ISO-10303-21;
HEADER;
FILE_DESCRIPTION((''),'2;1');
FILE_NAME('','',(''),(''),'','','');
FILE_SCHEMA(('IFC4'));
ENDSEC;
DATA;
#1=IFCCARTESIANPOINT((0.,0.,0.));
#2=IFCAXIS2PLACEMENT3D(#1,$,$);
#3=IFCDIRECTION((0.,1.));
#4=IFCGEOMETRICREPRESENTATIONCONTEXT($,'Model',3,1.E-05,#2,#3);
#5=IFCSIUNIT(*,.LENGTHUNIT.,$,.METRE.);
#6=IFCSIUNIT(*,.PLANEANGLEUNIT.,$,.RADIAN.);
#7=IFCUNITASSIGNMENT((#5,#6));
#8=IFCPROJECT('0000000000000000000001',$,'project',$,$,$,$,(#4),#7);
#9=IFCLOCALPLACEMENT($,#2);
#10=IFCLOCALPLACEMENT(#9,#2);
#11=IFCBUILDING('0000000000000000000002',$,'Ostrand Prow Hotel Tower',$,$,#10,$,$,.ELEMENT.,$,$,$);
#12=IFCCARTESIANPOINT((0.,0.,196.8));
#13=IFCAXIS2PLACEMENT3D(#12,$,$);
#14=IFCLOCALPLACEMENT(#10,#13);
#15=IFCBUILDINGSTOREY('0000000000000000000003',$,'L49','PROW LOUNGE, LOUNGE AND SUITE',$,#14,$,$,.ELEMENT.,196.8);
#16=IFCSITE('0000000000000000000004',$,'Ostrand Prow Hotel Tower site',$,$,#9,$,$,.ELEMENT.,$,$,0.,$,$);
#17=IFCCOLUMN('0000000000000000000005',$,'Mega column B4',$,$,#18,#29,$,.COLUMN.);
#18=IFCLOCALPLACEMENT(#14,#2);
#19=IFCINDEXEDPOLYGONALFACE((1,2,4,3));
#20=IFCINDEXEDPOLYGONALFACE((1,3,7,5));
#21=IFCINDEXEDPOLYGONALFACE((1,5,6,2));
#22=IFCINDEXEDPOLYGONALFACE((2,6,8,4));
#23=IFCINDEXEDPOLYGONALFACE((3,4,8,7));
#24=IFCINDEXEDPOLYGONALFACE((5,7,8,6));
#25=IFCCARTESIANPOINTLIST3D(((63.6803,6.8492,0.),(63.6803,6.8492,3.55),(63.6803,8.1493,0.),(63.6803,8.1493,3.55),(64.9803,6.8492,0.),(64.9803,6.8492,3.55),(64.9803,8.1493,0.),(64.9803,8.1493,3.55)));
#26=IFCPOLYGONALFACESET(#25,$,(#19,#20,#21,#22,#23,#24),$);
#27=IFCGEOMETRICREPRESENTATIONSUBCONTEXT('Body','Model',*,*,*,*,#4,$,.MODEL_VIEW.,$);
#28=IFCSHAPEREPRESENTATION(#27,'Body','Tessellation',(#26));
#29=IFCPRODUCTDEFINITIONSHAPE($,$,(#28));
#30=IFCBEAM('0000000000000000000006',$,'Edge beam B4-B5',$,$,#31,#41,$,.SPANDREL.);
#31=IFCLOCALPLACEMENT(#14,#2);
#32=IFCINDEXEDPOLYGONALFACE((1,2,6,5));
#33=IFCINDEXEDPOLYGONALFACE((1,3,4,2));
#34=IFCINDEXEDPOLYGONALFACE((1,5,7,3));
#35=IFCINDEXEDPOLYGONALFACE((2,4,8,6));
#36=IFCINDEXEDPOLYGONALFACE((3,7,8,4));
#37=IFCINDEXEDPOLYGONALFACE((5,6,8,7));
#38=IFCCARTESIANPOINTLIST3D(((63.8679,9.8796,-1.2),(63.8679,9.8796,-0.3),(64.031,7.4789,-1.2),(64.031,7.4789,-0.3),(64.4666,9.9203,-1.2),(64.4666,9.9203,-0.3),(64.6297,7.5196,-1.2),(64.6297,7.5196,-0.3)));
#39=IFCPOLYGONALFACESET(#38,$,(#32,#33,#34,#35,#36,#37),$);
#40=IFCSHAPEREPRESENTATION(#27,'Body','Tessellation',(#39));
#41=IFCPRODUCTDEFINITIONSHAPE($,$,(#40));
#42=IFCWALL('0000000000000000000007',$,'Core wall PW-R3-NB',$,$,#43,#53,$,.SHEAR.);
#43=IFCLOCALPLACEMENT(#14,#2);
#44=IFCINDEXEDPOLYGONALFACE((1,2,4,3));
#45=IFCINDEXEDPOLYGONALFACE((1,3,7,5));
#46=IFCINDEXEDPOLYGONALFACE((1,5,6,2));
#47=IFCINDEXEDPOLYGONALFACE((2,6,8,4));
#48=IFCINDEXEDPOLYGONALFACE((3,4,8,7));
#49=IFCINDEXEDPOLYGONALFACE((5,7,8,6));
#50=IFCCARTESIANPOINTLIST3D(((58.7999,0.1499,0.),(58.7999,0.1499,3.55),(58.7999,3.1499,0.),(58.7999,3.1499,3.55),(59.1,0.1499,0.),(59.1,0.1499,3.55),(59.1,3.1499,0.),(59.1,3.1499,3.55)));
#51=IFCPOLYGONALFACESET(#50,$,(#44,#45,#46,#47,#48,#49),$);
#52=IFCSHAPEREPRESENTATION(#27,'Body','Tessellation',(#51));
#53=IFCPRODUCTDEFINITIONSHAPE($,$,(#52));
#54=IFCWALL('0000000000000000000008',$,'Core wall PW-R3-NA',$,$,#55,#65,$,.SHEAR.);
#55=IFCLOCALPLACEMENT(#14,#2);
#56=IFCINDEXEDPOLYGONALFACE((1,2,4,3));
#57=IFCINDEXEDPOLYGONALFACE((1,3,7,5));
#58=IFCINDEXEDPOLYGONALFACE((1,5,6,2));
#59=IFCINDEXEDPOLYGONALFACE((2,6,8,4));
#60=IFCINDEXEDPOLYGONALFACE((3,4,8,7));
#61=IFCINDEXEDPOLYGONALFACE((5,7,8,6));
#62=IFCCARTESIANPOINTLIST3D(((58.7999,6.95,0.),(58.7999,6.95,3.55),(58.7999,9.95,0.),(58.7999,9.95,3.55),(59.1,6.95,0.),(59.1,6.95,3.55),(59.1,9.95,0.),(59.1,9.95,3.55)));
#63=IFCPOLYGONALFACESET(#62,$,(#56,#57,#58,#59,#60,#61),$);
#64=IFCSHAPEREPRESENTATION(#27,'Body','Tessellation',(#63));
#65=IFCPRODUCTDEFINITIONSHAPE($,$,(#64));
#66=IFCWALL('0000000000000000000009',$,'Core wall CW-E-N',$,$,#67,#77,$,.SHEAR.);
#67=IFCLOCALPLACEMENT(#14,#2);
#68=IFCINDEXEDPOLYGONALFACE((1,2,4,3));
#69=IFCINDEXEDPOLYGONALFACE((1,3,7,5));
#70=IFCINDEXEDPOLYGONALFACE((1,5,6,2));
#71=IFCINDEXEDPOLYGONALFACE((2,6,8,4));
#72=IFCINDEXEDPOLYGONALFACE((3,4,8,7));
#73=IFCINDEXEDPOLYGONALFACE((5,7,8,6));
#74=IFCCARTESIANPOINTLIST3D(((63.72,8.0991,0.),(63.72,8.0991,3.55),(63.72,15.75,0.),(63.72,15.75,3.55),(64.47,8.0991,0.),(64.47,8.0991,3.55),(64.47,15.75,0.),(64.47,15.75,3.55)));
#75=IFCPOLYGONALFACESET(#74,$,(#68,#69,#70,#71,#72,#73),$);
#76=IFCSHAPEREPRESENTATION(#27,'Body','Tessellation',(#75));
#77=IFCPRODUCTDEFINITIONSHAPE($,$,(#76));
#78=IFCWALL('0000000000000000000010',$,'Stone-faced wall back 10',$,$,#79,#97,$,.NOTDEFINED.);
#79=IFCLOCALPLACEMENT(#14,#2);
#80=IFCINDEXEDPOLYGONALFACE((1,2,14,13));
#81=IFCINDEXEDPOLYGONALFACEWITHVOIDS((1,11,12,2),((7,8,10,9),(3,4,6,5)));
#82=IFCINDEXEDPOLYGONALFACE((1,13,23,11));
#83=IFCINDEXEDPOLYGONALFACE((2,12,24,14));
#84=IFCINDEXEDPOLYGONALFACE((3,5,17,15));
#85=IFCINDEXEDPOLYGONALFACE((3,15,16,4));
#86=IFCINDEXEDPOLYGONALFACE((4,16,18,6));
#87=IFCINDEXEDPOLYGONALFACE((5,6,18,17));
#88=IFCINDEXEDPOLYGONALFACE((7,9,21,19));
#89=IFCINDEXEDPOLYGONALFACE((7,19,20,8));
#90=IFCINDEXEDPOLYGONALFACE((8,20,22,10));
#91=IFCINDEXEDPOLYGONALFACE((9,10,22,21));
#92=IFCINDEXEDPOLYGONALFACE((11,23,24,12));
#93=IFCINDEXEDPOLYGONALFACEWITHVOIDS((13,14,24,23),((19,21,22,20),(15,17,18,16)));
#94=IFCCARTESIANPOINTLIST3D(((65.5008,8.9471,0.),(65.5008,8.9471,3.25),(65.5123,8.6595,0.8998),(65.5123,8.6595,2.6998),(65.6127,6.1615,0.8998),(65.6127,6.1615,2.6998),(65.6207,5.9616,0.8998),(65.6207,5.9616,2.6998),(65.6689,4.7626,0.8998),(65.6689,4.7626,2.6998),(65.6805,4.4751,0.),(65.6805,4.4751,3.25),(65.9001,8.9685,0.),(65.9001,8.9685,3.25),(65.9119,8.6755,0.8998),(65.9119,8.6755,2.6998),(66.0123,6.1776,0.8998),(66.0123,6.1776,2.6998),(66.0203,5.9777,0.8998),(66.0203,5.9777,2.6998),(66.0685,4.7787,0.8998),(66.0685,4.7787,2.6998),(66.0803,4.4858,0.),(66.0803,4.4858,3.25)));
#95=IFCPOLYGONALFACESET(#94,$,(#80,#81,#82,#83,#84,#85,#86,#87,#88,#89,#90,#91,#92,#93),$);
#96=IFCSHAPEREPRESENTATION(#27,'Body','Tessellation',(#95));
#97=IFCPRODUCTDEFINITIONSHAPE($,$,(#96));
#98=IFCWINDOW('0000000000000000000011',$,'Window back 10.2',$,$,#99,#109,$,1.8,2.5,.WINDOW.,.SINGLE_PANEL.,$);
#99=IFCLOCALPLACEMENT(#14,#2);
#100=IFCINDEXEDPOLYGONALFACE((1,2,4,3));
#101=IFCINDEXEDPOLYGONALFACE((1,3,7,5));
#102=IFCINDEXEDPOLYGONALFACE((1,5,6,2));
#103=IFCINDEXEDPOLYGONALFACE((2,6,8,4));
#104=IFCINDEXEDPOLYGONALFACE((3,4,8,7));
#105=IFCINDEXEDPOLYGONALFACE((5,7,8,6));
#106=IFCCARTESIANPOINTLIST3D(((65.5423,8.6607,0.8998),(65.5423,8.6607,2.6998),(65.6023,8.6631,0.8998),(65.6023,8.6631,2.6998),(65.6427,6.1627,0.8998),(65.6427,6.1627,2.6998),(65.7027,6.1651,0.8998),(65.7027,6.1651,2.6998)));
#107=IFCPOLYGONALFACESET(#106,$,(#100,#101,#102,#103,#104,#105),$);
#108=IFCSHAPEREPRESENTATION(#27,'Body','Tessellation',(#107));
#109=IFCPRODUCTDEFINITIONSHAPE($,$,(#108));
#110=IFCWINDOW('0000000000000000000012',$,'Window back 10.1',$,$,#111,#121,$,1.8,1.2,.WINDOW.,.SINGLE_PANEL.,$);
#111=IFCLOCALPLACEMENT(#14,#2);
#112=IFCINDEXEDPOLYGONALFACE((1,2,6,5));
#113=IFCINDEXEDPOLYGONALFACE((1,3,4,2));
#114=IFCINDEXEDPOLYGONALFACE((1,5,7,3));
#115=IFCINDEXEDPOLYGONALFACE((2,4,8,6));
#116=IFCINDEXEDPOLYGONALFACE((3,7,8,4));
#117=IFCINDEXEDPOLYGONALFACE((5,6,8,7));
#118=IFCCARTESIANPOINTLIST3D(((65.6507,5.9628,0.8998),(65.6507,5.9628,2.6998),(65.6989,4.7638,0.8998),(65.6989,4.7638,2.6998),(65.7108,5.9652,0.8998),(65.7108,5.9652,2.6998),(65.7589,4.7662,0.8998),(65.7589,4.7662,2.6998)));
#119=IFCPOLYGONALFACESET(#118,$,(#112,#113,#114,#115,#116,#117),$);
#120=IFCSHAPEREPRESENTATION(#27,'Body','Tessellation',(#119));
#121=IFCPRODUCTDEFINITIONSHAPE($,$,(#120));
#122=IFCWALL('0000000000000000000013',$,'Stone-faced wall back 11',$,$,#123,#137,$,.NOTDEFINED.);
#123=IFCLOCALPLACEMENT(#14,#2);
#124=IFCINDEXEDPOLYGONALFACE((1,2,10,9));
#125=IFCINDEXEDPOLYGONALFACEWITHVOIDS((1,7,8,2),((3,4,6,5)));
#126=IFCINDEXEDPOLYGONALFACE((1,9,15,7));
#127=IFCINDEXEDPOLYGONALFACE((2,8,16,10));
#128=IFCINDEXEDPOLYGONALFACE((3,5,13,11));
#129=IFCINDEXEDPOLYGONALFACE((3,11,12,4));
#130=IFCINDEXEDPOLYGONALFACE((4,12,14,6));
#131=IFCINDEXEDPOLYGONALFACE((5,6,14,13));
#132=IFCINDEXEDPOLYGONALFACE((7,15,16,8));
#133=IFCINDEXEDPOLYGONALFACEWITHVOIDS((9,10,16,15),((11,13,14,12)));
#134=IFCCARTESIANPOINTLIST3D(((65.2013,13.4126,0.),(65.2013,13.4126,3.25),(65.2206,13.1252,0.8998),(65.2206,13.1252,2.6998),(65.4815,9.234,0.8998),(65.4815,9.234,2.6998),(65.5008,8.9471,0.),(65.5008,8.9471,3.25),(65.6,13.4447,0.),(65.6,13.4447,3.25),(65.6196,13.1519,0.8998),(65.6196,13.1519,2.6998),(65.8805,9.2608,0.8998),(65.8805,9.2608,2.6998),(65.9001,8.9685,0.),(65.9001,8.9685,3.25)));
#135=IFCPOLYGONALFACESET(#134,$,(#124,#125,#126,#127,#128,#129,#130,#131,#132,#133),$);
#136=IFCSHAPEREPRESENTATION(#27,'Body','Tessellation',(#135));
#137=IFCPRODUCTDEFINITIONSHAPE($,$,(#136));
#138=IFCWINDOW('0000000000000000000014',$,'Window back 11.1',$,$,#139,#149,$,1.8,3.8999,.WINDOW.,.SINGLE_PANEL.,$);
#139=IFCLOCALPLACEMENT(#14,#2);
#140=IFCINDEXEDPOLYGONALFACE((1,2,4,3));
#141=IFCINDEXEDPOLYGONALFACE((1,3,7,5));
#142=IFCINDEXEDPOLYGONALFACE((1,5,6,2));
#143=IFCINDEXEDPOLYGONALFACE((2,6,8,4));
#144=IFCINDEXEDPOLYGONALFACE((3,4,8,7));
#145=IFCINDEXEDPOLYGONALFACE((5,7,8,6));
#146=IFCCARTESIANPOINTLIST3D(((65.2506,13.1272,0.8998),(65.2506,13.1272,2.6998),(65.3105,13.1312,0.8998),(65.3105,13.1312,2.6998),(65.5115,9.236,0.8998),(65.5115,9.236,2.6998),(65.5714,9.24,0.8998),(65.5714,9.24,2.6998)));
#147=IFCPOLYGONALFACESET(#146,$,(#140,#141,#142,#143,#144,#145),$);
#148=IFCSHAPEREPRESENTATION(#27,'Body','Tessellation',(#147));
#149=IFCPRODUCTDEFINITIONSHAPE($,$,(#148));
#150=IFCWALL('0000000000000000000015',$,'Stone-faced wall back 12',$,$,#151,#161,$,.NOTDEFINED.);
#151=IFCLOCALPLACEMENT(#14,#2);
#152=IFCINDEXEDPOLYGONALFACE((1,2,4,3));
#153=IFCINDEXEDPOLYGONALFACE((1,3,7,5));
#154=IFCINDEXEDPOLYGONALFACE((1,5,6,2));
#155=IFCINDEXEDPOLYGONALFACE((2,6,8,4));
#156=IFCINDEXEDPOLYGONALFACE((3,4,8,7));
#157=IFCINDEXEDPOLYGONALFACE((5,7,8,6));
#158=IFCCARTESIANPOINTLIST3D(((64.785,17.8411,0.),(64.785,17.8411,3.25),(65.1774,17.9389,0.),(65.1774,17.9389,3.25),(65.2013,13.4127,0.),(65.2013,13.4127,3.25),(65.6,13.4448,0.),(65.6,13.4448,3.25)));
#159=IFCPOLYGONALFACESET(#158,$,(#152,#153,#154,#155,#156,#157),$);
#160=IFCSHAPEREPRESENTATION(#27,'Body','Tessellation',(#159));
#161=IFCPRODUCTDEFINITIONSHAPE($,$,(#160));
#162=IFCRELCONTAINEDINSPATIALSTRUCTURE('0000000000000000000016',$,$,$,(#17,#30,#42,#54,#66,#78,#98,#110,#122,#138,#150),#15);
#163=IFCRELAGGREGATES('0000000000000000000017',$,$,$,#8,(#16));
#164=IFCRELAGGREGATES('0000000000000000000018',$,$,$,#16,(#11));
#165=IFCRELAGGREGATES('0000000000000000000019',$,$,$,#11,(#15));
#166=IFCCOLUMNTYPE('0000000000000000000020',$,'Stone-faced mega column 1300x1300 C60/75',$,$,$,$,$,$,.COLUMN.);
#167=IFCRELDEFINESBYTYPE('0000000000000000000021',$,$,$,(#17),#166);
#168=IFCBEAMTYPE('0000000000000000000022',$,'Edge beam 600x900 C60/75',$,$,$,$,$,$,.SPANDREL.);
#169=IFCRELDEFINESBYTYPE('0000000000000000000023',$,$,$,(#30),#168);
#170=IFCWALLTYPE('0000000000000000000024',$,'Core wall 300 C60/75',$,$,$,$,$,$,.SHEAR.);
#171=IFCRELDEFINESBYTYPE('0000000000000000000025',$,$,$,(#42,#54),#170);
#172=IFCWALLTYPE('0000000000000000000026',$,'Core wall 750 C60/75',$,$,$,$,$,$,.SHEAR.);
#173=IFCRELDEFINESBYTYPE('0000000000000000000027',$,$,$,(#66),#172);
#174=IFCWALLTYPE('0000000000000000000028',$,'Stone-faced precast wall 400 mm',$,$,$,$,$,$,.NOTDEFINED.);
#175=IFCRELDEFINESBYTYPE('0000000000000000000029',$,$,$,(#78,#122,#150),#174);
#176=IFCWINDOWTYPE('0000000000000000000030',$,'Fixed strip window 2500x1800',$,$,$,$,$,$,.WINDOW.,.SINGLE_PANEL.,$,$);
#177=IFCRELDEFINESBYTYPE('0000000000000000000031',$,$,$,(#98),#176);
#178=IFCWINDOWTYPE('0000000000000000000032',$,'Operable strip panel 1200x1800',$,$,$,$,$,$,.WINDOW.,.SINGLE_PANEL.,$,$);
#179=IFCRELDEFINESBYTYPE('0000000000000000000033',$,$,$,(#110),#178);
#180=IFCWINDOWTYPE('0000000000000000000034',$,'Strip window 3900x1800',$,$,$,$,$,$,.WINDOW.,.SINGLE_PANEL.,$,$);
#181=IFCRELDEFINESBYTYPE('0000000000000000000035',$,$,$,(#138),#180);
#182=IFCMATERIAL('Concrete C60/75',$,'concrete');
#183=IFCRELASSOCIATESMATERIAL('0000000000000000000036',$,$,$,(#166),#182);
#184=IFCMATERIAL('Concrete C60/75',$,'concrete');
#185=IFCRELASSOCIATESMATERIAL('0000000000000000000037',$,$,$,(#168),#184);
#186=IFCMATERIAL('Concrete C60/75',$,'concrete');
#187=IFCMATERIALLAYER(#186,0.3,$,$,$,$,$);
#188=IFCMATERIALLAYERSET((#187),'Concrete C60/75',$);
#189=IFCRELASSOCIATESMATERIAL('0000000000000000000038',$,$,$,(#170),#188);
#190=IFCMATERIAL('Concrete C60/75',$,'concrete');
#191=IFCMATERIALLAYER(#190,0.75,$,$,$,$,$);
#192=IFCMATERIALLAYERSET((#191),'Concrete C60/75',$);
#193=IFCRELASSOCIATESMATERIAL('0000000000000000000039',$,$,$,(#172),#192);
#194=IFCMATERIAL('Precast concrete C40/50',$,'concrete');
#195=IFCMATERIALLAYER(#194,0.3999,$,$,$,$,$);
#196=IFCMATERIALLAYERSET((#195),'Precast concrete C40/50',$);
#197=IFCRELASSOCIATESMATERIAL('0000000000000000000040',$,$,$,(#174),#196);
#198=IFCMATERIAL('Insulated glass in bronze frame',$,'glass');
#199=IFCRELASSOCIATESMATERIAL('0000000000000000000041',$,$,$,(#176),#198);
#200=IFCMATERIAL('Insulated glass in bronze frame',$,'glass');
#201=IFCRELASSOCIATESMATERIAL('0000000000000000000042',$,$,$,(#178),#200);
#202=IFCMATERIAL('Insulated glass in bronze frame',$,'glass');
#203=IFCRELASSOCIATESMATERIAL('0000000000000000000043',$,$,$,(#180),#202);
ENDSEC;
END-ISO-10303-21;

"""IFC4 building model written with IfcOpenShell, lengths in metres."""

from ifc_helpers import new_model, si_unit, direction, frame, frame_2d, origin, origin_2d, place, context, subcontext, project, spatial, polyline, rectangle, outline, extrude, material, layer, layer_set, material_profile, profile_set, type_object, element, fill, save


model = new_model("IFC4")

# Units and contexts
model_context = context("Model", 3, precision=1e-05, world=origin(), true_north=direction((0.0, 1.0)))
body_context = subcontext(model_context, "Body", "Model", "MODEL_VIEW")
ifc_project = project(units=[si_unit("LENGTHUNIT", "METRE"), si_unit("PLANEANGLEUNIT", "RADIAN")], contexts=[model_context])

# Site, building, storey
site_placement = place(None, origin())
site = spatial("IfcSite", under=ifc_project, at=site_placement, Name="Ostrand Prow Hotel Tower site", CompositionType="ELEMENT", RefElevation=0.0)
building_placement = place(site_placement, origin())
building = spatial("IfcBuilding", under=site, at=building_placement, Name="Ostrand Prow Hotel Tower", CompositionType="ELEMENT")
storey_placement = place(building_placement, frame((0.0, 0.0, 196.8)))
storey = spatial("IfcBuildingStorey", under=building, at=storey_placement, Name="L49", Description="PROW LOUNGE, LOUNGE AND SUITE", CompositionType="ELEMENT", Elevation=196.8)

# Column
ifc_material_1 = material(Name="Concrete C60/75", Category="concrete")
ifc_material_profile_1 = material_profile(ifc_material_1, rectangle(XDim=1.3, YDim=1.3, at=origin_2d()), Name="RC 1300x1300")
ifc_profile_set_1 = profile_set([ifc_material_profile_1], Name="Concrete C60/75")
column_type = type_object("IfcColumnType", Name="Stone-faced mega column 1300x1300 C60/75", PredefinedType="COLUMN", material=ifc_profile_set_1)
column_placement = place(storey_placement, frame((64.3303, 7.4993, 0.0), z_axis=(0.0, 0.0, 1.0), x_axis=(1.0, 0.0, 0.0)))
element("IfcColumn", 1, at=column_placement, inside=storey, type_object=column_type, Name="Mega column B4", PredefinedType="COLUMN", context=body_context, shape_type="SweptSolid", body=[
    extrude(rectangle(XDim=1.3, YDim=1.3, at=origin_2d()), origin(), (0.0, 0.0, 1.0), 3.55),
])

# Beam
ifc_material_2 = material(Name="Concrete C60/75", Category="concrete")
ifc_material_profile_2 = material_profile(ifc_material_2, rectangle(XDim=0.6001, YDim=0.8999, at=origin_2d()), Name="RC 600x900")
ifc_profile_set_2 = profile_set([ifc_material_profile_2], Name="Concrete C60/75")
beam_type = type_object("IfcBeamType", Name="Edge beam 600x900 C60/75", PredefinedType="SPANDREL", material=ifc_profile_set_2)
beam_placement = place(storey_placement, frame((64.3303, 7.4993, -0.75), z_axis=(-0.067778, 0.9977, 0.0), x_axis=(-0.9977, -0.067778, 0.0)))
element("IfcBeam", 2, at=beam_placement, inside=storey, type_object=beam_type, Name="Edge beam B4-B5", PredefinedType="SPANDREL", context=body_context, shape_type="SweptSolid", body=[
    extrude(rectangle(XDim=0.6001, YDim=0.8999, at=origin_2d()), origin(), (0.0, 0.0, 1.0), 2.4062),
])

# Walls
ifc_material_3 = material(Name="Concrete C60/75", Category="concrete")
ifc_layer_1 = layer(ifc_material_3, 0.3)
ifc_layer_set_1 = layer_set([ifc_layer_1], Name="Concrete C60/75")
wall_type_1 = type_object("IfcWallType", Name="Core wall 300 C60/75", PredefinedType="SHEAR", material=ifc_layer_set_1)
for number, where, z_axis, x_axis, name in (
    (3, (58.95, 0.1499, 0.0), (0.0, 0.0, 1.0), (0.0, 1.0, 0.0), "Core wall PW-R3-NB"),
    (4, (58.95, 6.95, 0.0), (0.0, 0.0, 1.0), (0.0, 1.0, 0.0), "Core wall PW-R3-NA"),
):
    element("IfcWall", number, at=place(storey_placement, frame(where, z_axis=z_axis, x_axis=x_axis)), inside=storey, type_object=wall_type_1, Name=name, PredefinedType="SHEAR", context=body_context, shape_type="SweptSolid", body=[
        extrude(rectangle(XDim=3.0, YDim=0.3, at=frame_2d((1.5, 0.0))), origin(), (0.0, 0.0, 1.0), 3.55),
    ])
ifc_material_4 = material(Name="Concrete C60/75", Category="concrete")
ifc_layer_2 = layer(ifc_material_4, 0.75)
ifc_layer_set_2 = layer_set([ifc_layer_2], Name="Concrete C60/75")
wall_type_2 = type_object("IfcWallType", Name="Core wall 750 C60/75", PredefinedType="SHEAR", material=ifc_layer_set_2)
wall_1_placement = place(storey_placement, frame((64.095, 8.0991, 0.0), z_axis=(0.0, 0.0, 1.0), x_axis=(0.0, 1.0, 0.0)))
element("IfcWall", 5, at=wall_1_placement, inside=storey, type_object=wall_type_2, Name="Core wall CW-E-N", PredefinedType="SHEAR", context=body_context, shape_type="SweptSolid", body=[
    extrude(rectangle(XDim=7.6509, YDim=0.75, at=frame_2d((3.8254, 0.0))), origin(), (0.0, 0.0, 1.0), 3.55),
])

# Wall, openings, windows
ifc_material_5 = material(Name="Precast concrete C40/50", Category="concrete")
ifc_layer_3 = layer(ifc_material_5, 0.3999)
ifc_layer_set_3 = layer_set([ifc_layer_3], Name="Precast concrete C40/50")
wall_type_3 = type_object("IfcWallType", Name="Stone-faced precast wall 400 mm", PredefinedType="NOTDEFINED", material=ifc_layer_set_3)
wall_2_placement = place(storey_placement, frame((65.8804, 4.4805, 0.0), z_axis=(0.0, 0.0, 1.0), x_axis=(-0.040155, 0.999193, 0.0)))
wall_2 = element("IfcWall", 6, at=wall_2_placement, inside=storey, type_object=wall_type_3, Name="Stone-faced wall back 10", PredefinedType="NOTDEFINED", context=body_context, shape_type="SweptSolid", body=[
    extrude(outline(polyline([(-0.0027, -0.2), (4.4836, -0.2), (4.4783, 0.2), (0.0027, 0.2), (-0.0027, -0.2)])), origin(), (0.0, 0.0, 1.0), 3.25),
])
opening_1_placement = place(wall_2_placement, frame((0.2903, 0.0, 0.8999)))
opening_1 = element("IfcOpeningElement", 7, at=opening_1_placement, cuts=wall_2, PredefinedType="OPENING", context=body_context, shape_type="SweptSolid", body=[
    extrude(rectangle(XDim=1.2, YDim=1.8, at=frame_2d((0.6001, 0.8999))), frame((0.0, 0.21, 0.0), z_axis=(0.0, -1.0, 0.0), x_axis=(1.0, 0.0, 0.0)), (0.0, 0.0, 1.0), 0.4199),
])
opening_2_placement = place(wall_2_placement, frame((1.6904, 0.0, 0.8999)))
opening_2 = element("IfcOpeningElement", 8, at=opening_2_placement, cuts=wall_2, PredefinedType="OPENING", context=body_context, shape_type="SweptSolid", body=[
    extrude(rectangle(XDim=2.5, YDim=1.8, at=frame_2d((1.25, 0.8999))), frame((0.0, 0.21, 0.0), z_axis=(0.0, -1.0, 0.0), x_axis=(1.0, 0.0, 0.0)), (0.0, 0.0, 1.0), 0.4199),
])
ifc_material_6 = material(Name="Insulated glass in bronze frame", Category="glass")
window_type_1 = type_object("IfcWindowType", Name="Fixed strip window 2500x1800", PartitioningType="SINGLE_PANEL", PredefinedType="WINDOW", material=ifc_material_6)
window_1_placement = place(opening_2_placement, origin())
window_1 = element("IfcWindow", 9, at=window_1_placement, inside=storey, type_object=window_type_1, Name="Window back 10.2", OverallHeight=1.8, OverallWidth=2.5, PartitioningType="SINGLE_PANEL", PredefinedType="WINDOW", context=body_context, shape_type="SweptSolid", body=[
    extrude(rectangle(XDim=2.5, YDim=1.8, at=frame_2d((1.25, 0.8999))), frame((0.0, 0.1699, 0.0), z_axis=(0.0, -1.0, 0.0), x_axis=(1.0, 0.0, 0.0)), (0.0, 0.0, 1.0), 0.0601),
])
fill(opening_2, window_1)
ifc_material_7 = material(Name="Insulated glass in bronze frame", Category="glass")
window_type_2 = type_object("IfcWindowType", Name="Operable strip panel 1200x1800", PartitioningType="SINGLE_PANEL", PredefinedType="WINDOW", material=ifc_material_7)
window_2_placement = place(opening_1_placement, origin())
window_2 = element("IfcWindow", 10, at=window_2_placement, inside=storey, type_object=window_type_2, Name="Window back 10.1", OverallHeight=1.8, OverallWidth=1.2, PartitioningType="SINGLE_PANEL", PredefinedType="WINDOW", context=body_context, shape_type="SweptSolid", body=[
    extrude(rectangle(XDim=1.2, YDim=1.8, at=frame_2d((0.6001, 0.8999))), frame((0.0, 0.1699, 0.0), z_axis=(0.0, -1.0, 0.0), x_axis=(1.0, 0.0, 0.0)), (0.0, 0.0, 1.0), 0.0601),
])
fill(opening_1, window_2)

# Wall, opening, window
wall_3_placement = place(storey_placement, frame((65.7004, 8.9578, 0.0), z_axis=(0.0, 0.0, 1.0), x_axis=(-0.066906, 0.997759, 0.0)))
wall_3 = element("IfcWall", 11, at=wall_3_placement, inside=storey, type_object=wall_type_3, Name="Stone-faced wall back 11", PredefinedType="NOTDEFINED", context=body_context, shape_type="SweptSolid", body=[
    extrude(outline(polyline([(-0.0027, -0.2), (4.4836, -0.2), (4.4783, 0.2), (0.0027, 0.2), (-0.0027, -0.2)])), origin(), (0.0, 0.0, 1.0), 3.25),
])
opening_3_placement = place(wall_3_placement, frame((0.2903, 0.0, 0.8999)))
opening_3 = element("IfcOpeningElement", 12, at=opening_3_placement, cuts=wall_3, PredefinedType="OPENING", context=body_context, shape_type="SweptSolid", body=[
    extrude(rectangle(XDim=3.8999, YDim=1.8, at=frame_2d((1.95, 0.8999))), frame((0.0, 0.21, 0.0), z_axis=(0.0, -1.0, 0.0), x_axis=(1.0, 0.0, 0.0)), (0.0, 0.0, 1.0), 0.4199),
])
ifc_material_8 = material(Name="Insulated glass in bronze frame", Category="glass")
window_type_3 = type_object("IfcWindowType", Name="Strip window 3900x1800", PartitioningType="SINGLE_PANEL", PredefinedType="WINDOW", material=ifc_material_8)
window_3_placement = place(opening_3_placement, origin())
window_3 = element("IfcWindow", 13, at=window_3_placement, inside=storey, type_object=window_type_3, Name="Window back 11.1", OverallHeight=1.8, OverallWidth=3.8999, PartitioningType="SINGLE_PANEL", PredefinedType="WINDOW", context=body_context, shape_type="SweptSolid", body=[
    extrude(rectangle(XDim=3.8999, YDim=1.8, at=frame_2d((1.95, 0.8999))), frame((0.0, 0.1699, 0.0), z_axis=(0.0, -1.0, 0.0), x_axis=(1.0, 0.0, 0.0)), (0.0, 0.0, 1.0), 0.0601),
])
fill(opening_3, window_3)

# Wall
wall_4_placement = place(storey_placement, frame((65.4006, 13.4287, 0.0), z_axis=(0.0, 0.0, 1.0), x_axis=(-0.093606, 0.995609, 0.0)))
element("IfcWall", 14, at=wall_4_placement, inside=storey, type_object=wall_type_3, Name="Stone-faced wall back 12", PredefinedType="NOTDEFINED", context=body_context, shape_type="SweptSolid", body=[
    extrude(outline(polyline([(-0.0027, -0.2), (4.5112, -0.2), (4.4507, 0.2), (0.0027, 0.2), (-0.0027, -0.2)])), origin(), (0.0, 0.0, 1.0), 3.25),
])

save(model, "model.ifc")
